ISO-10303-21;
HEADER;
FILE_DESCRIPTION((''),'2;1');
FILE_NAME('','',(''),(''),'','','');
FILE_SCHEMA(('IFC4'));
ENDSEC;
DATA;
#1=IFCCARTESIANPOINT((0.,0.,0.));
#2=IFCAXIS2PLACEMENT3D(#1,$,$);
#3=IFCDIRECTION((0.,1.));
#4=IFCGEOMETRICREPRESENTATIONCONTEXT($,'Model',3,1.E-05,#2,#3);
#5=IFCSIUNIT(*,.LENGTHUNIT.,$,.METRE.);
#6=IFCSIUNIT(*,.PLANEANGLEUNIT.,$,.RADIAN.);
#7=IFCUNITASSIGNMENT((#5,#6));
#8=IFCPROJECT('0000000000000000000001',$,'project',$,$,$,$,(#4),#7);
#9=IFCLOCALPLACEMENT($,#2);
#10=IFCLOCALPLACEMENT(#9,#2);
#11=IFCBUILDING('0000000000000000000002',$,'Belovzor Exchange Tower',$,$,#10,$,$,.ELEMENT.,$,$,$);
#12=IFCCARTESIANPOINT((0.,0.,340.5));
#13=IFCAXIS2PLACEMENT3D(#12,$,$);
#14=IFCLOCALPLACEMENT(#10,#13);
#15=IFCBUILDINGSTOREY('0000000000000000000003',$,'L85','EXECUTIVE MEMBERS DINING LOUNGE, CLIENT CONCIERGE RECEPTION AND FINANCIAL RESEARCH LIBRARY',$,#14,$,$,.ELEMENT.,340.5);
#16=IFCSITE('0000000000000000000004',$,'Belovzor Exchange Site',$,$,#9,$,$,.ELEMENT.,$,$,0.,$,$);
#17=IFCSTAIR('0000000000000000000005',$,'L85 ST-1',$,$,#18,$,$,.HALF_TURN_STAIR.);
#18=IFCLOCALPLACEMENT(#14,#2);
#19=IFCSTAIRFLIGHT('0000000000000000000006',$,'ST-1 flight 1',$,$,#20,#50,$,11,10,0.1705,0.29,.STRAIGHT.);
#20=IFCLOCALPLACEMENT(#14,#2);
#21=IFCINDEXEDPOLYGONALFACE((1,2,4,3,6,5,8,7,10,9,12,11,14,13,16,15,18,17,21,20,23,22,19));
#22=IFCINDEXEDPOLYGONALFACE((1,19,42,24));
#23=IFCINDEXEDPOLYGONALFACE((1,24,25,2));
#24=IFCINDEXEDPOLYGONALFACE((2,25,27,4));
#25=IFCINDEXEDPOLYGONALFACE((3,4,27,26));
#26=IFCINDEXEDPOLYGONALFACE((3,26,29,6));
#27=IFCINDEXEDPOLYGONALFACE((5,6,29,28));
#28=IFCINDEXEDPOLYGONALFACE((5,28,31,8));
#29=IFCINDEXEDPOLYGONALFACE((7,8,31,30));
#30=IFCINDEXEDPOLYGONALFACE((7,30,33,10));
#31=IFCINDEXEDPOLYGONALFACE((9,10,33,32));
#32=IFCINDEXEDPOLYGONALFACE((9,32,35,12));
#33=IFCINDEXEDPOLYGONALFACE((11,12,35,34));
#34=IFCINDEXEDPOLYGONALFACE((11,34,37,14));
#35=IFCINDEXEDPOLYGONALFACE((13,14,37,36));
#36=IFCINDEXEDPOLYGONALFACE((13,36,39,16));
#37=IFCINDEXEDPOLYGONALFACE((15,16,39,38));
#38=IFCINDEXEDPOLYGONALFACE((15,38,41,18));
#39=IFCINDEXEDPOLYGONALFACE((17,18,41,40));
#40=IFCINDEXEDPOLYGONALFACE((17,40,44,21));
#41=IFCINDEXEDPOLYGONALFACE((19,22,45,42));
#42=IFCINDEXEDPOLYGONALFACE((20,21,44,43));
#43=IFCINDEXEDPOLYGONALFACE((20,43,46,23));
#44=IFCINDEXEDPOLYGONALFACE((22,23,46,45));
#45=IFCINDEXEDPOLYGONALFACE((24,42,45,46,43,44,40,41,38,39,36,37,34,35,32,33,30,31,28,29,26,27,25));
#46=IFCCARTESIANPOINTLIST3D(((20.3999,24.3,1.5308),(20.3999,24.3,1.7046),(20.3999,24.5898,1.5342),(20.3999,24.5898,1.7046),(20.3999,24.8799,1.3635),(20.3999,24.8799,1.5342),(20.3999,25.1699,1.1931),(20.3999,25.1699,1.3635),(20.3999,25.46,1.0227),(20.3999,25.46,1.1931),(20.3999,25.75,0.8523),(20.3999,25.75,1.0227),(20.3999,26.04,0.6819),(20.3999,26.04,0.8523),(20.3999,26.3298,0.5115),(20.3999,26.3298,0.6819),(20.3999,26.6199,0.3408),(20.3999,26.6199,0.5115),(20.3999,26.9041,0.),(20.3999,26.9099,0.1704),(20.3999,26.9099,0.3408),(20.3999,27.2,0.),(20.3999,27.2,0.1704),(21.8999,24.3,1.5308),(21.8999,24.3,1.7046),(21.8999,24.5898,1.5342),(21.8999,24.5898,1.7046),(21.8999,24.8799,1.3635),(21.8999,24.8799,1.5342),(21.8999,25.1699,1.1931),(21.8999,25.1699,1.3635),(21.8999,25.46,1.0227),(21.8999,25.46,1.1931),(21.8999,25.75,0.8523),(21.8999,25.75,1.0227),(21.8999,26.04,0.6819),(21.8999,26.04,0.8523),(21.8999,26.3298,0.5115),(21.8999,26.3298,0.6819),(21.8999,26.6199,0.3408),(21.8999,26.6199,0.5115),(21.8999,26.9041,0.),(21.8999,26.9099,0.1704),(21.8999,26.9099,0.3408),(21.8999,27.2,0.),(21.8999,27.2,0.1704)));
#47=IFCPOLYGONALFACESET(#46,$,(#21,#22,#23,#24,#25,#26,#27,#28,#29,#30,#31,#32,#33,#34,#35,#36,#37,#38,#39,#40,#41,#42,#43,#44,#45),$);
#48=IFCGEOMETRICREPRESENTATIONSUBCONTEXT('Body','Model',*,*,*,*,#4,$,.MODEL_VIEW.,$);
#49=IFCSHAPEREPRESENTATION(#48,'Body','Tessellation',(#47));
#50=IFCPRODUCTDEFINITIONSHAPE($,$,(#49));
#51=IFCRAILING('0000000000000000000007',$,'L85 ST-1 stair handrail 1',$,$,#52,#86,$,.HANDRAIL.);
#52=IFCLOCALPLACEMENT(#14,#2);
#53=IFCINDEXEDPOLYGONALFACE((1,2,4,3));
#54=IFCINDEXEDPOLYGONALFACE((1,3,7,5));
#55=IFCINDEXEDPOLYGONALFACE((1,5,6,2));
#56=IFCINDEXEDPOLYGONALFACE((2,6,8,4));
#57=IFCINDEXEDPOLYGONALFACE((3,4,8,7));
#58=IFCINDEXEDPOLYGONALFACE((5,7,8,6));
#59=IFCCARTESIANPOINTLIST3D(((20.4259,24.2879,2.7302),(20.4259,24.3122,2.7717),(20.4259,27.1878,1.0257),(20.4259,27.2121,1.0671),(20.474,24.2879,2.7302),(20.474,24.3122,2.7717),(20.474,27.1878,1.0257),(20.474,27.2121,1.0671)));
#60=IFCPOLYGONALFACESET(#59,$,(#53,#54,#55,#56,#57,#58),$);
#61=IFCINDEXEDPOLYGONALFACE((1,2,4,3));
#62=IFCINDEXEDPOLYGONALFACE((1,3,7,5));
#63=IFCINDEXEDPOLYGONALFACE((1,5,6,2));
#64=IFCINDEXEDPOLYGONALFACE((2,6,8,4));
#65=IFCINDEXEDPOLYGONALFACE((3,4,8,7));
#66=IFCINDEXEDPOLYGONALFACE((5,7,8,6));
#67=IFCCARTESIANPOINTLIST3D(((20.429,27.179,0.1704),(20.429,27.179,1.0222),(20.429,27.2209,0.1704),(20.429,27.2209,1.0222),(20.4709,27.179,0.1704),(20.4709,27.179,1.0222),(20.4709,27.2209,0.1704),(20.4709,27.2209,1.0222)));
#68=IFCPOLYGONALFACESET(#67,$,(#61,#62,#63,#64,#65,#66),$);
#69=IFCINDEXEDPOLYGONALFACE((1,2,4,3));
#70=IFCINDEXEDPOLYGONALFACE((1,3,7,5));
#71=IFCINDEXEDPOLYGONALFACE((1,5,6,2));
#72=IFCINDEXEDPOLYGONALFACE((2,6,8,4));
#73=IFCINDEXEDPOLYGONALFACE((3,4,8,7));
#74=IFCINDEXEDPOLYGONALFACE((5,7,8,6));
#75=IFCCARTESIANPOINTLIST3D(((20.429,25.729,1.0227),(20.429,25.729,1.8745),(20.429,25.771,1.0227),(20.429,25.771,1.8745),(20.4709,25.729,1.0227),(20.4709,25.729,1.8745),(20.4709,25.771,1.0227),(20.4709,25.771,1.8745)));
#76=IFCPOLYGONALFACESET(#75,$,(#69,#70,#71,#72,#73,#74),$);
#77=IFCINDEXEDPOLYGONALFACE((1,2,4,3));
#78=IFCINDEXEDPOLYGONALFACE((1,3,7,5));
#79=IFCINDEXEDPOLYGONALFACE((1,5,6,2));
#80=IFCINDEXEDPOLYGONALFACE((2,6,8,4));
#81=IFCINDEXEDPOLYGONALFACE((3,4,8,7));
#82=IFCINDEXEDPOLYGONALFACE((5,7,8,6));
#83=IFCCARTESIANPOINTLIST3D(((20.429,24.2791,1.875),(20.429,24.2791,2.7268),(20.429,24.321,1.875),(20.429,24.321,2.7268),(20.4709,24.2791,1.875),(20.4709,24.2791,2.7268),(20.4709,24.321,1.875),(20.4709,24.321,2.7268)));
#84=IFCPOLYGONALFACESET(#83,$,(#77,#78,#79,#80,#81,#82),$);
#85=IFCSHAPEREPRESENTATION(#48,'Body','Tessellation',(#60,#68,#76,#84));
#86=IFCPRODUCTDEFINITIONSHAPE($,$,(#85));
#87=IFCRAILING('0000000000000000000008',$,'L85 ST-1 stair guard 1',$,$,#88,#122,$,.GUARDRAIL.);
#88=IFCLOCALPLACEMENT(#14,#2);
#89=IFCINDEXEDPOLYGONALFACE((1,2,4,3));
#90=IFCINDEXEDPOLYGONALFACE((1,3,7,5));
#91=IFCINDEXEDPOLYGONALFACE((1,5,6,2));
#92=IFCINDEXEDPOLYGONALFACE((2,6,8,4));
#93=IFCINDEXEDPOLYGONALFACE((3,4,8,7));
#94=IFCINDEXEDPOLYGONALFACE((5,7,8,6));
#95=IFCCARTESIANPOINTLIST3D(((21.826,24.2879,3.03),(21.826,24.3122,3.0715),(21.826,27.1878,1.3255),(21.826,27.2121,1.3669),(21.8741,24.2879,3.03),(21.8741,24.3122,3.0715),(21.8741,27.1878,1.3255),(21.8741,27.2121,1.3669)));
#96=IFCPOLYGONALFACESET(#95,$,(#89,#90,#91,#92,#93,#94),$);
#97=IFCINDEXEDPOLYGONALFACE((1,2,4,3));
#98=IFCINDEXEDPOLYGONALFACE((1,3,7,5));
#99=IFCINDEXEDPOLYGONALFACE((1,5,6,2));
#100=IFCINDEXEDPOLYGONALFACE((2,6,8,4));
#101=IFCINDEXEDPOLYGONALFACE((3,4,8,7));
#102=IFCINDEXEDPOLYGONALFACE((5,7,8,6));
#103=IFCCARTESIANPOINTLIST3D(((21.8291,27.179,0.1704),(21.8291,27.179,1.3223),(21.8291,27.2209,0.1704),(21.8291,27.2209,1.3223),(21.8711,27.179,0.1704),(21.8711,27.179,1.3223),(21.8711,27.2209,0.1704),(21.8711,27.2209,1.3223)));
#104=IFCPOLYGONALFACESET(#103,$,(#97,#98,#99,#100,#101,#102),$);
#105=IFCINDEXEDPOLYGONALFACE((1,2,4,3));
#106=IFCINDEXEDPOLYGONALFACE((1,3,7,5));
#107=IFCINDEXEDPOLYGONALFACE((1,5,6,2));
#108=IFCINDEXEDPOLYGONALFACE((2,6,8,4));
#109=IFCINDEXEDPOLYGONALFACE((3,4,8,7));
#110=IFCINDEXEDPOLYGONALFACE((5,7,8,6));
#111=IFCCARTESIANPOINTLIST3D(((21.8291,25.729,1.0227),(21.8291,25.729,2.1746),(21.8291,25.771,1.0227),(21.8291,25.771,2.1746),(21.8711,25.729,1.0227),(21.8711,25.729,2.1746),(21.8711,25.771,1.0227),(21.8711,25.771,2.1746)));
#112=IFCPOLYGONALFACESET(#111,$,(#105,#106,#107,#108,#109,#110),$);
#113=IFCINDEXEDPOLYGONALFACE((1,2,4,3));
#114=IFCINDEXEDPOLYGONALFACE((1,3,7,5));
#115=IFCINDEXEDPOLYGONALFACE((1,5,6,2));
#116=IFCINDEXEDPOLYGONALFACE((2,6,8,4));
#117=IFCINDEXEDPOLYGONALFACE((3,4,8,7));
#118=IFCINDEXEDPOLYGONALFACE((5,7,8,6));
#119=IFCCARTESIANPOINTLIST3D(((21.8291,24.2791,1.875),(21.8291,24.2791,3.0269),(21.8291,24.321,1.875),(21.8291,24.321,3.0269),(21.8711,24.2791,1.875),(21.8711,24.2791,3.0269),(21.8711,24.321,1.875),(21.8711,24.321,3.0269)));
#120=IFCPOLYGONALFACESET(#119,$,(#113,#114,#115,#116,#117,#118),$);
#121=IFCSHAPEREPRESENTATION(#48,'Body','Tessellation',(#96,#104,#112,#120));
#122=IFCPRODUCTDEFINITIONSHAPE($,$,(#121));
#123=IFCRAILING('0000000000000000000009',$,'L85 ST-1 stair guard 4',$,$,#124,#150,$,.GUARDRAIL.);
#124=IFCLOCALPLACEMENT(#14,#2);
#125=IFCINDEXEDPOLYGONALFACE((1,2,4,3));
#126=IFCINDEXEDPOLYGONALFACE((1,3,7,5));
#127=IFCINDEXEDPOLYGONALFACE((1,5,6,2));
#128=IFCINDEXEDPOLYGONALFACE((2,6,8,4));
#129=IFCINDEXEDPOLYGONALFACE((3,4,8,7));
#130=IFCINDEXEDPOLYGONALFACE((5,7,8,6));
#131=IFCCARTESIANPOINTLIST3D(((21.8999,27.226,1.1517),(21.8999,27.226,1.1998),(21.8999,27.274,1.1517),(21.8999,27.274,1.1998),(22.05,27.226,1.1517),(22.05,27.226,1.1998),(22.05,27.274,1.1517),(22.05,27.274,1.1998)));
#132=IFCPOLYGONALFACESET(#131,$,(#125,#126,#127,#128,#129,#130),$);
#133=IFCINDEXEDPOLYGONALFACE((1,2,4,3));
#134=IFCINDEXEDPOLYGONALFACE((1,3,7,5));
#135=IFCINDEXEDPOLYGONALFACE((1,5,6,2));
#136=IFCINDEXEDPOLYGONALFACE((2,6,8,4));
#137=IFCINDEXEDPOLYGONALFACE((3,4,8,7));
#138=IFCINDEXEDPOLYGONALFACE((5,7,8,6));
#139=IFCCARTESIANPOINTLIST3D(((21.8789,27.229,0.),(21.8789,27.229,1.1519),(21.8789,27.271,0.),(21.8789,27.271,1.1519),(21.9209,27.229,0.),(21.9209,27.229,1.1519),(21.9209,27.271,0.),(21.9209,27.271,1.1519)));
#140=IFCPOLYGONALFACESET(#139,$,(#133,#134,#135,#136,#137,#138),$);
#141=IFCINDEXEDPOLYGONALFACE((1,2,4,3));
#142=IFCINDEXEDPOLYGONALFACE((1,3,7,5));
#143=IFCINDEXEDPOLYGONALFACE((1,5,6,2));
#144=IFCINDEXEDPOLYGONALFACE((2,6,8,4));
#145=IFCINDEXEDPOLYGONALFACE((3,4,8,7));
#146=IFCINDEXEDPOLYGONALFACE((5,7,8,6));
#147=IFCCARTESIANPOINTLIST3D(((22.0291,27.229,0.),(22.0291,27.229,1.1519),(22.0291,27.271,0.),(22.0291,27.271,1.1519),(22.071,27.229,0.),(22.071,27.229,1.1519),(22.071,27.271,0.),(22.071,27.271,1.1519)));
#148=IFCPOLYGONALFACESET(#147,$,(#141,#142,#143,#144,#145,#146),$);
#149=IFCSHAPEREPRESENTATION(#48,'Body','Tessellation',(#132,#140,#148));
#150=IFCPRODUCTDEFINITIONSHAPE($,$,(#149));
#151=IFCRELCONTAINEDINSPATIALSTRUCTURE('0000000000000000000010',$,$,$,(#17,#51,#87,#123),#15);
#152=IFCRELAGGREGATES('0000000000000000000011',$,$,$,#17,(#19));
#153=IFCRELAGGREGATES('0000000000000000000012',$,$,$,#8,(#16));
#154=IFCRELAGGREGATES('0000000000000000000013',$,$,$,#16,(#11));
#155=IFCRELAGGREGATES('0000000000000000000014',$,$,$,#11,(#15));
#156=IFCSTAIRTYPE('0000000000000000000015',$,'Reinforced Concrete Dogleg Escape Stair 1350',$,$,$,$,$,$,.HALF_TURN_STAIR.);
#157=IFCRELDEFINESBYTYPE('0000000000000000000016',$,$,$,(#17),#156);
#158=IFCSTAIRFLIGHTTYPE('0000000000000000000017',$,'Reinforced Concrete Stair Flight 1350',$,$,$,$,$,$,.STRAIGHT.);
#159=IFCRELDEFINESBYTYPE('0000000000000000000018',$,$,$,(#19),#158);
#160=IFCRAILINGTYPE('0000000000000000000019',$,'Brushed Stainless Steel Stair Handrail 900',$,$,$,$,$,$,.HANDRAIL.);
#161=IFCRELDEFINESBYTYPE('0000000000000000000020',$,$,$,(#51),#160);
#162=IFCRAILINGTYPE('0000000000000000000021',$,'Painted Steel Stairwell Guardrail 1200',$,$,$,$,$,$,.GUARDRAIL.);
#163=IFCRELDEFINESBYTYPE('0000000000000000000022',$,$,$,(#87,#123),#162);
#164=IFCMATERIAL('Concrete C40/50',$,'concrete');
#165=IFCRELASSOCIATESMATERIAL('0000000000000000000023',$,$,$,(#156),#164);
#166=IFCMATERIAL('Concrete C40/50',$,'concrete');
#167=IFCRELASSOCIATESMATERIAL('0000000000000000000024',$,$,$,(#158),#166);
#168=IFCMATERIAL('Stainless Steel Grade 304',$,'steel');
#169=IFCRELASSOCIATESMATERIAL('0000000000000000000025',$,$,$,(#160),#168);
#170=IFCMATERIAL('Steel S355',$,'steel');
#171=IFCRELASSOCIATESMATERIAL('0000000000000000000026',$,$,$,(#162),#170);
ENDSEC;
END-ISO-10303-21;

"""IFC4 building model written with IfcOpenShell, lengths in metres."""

from ifc_helpers import new_model, si_unit, direction, frame, origin, origin_2d, place, context, subcontext, project, spatial, polyline, rectangle, outline, extrude, material, type_object, element, aggregate, save


model = new_model("IFC4")

# Units and contexts
model_context = context("Model", 3, precision=1e-05, world=origin(), true_north=direction((0.0, 1.0)))
body_context = subcontext(model_context, "Body", "Model", "MODEL_VIEW")
ifc_project = project(units=[si_unit("LENGTHUNIT", "METRE"), si_unit("PLANEANGLEUNIT", "RADIAN")], contexts=[model_context])

# Site, building, storey
site_placement = place(None, origin())
site = spatial("IfcSite", under=ifc_project, at=site_placement, Name="Belovzor Exchange Site", CompositionType="ELEMENT", RefElevation=0.0)
building_placement = place(site_placement, origin())
building = spatial("IfcBuilding", under=site, at=building_placement, Name="Belovzor Exchange Tower", CompositionType="ELEMENT")
storey_placement = place(building_placement, frame((0.0, 0.0, 340.5)))
storey = spatial("IfcBuildingStorey", under=building, at=storey_placement, Name="L85", Description="EXECUTIVE MEMBERS DINING LOUNGE, CLIENT CONCIERGE RECEPTION AND FINANCIAL RESEARCH LIBRARY", CompositionType="ELEMENT", Elevation=340.5)

# Stair, stair flight
ifc_material_1 = material(Name="Concrete C40/50", Category="concrete")
stair_type = type_object("IfcStairType", Name="Reinforced Concrete Dogleg Escape Stair 1350", PredefinedType="HALF_TURN_STAIR", material=ifc_material_1)
stair_placement = place(storey_placement, origin())
stair = element("IfcStair", 1, at=stair_placement, inside=storey, type_object=stair_type, Name="L85 ST-1", PredefinedType="HALF_TURN_STAIR")
ifc_material_2 = material(Name="Concrete C40/50", Category="concrete")
stair_flight_type = type_object("IfcStairFlightType", Name="Reinforced Concrete Stair Flight 1350", PredefinedType="STRAIGHT", material=ifc_material_2)
stair_flight_placement = place(storey_placement, frame((21.1499, 27.2, 0.0), z_axis=(0.0, 0.0, 1.0), x_axis=(0.0, -1.0, 0.0)))
stair_flight = element("IfcStairFlight", 2, at=stair_flight_placement, type_object=stair_flight_type, Name="ST-1 flight 1", NumberOfRisers=11, NumberOfTreads=10, PredefinedType="STRAIGHT", RiserHeight=0.1705, TreadLength=0.29, context=body_context, shape_type="SweptSolid", body=[
    extrude(outline(polyline([(0.0, 0.0), (0.0, 0.1704), (0.29, 0.1704), (0.29, 0.3408), (0.5801, 0.3408), (0.5801, 0.5115), (0.8701, 0.5115), (0.8701, 0.6819), (1.1599, 0.6819), (1.1599, 0.8523), (1.45, 0.8523), (1.45, 1.0227), (1.74, 1.0227), (1.74, 1.1931), (2.03, 1.1931), (2.03, 1.3635), (2.3201, 1.3635), (2.3201, 1.5342), (2.6101, 1.5342), (2.6101, 1.7046), (2.8999, 1.7046), (2.8999, 1.875), (2.8999, 1.5308), (0.2959, 0.0), (0.0, 0.0)])), frame((0.0, 0.75, 0.0), z_axis=(0.0, -1.0, 0.0), x_axis=(1.0, 0.0, 0.0)), (0.0, 0.0, 1.0), 1.5),
])
aggregate(stair, [stair_flight])

# Railings
ifc_material_3 = material(Name="Stainless Steel Grade 304", Category="steel")
railing_type_1 = type_object("IfcRailingType", Name="Brushed Stainless Steel Stair Handrail 900", PredefinedType="HANDRAIL", material=ifc_material_3)
railing_1_placement = place(storey_placement, frame((20.45, 27.2, 0.1704)))
element("IfcRailing", 3, at=railing_1_placement, inside=storey, type_object=railing_type_1, Name="L85 ST-1 stair handrail 1", PredefinedType="HANDRAIL", context=body_context, shape_type="SweptSolid", body=[
    extrude(rectangle(XDim=0.0481, YDim=0.0481, at=origin_2d()), frame((0.0, 0.0, 0.876), z_axis=(0.0, -0.862095, 0.506747), x_axis=(1.0, 0.0, 0.0)), (0.0, 0.0, 1.0), 3.3638),
    extrude(rectangle(XDim=0.042, YDim=0.042, at=origin_2d()), origin(), (0.0, 0.0, 1.0), 0.8518),
    extrude(rectangle(XDim=0.042, YDim=0.042, at=origin_2d()), frame((0.0, -1.45, 0.8523)), (0.0, 0.0, 1.0), 0.8518),
    extrude(rectangle(XDim=0.042, YDim=0.042, at=origin_2d()), frame((0.0, -2.8999, 1.7046)), (0.0, 0.0, 1.0), 0.8518),
])
ifc_material_4 = material(Name="Steel S355", Category="steel")
railing_type_2 = type_object("IfcRailingType", Name="Painted Steel Stairwell Guardrail 1200", PredefinedType="GUARDRAIL", material=ifc_material_4)
railing_2_placement = place(storey_placement, frame((21.8501, 27.2, 0.1704)))
element("IfcRailing", 4, at=railing_2_placement, inside=storey, type_object=railing_type_2, Name="L85 ST-1 stair guard 1", PredefinedType="GUARDRAIL", context=body_context, shape_type="SweptSolid", body=[
    extrude(rectangle(XDim=0.0481, YDim=0.0481, at=origin_2d()), frame((0.0, 0.0, 1.1758), z_axis=(0.0, -0.862095, 0.506747), x_axis=(1.0, 0.0, 0.0)), (0.0, 0.0, 1.0), 3.3638),
    extrude(rectangle(XDim=0.042, YDim=0.042, at=origin_2d()), origin(), (0.0, 0.0, 1.0), 1.1519),
    extrude(rectangle(XDim=0.042, YDim=0.042, at=origin_2d()), frame((0.0, -1.45, 0.8523)), (0.0, 0.0, 1.0), 1.1519),
    extrude(rectangle(XDim=0.042, YDim=0.042, at=origin_2d()), frame((0.0, -2.8999, 1.7046)), (0.0, 0.0, 1.0), 1.1519),
])
railing_3_placement = place(storey_placement, frame((21.8999, 27.25, 0.0)))
element("IfcRailing", 5, at=railing_3_placement, inside=storey, type_object=railing_type_2, Name="L85 ST-1 stair guard 4", PredefinedType="GUARDRAIL", context=body_context, shape_type="SweptSolid", body=[
    extrude(rectangle(XDim=0.0481, YDim=0.0481, at=origin_2d()), frame((0.0, 0.0, 1.1758), z_axis=(1.0, 0.0, 0.0), x_axis=(0.0, 1.0, 0.0)), (0.0, 0.0, 1.0), 0.1501),
    extrude(rectangle(XDim=0.042, YDim=0.042, at=origin_2d()), origin(), (0.0, 0.0, 1.0), 1.1519),
    extrude(rectangle(XDim=0.042, YDim=0.042, at=origin_2d()), frame((0.1501, 0.0, 0.0)), (0.0, 0.0, 1.0), 1.1519),
])

save(model, "model.ifc")
